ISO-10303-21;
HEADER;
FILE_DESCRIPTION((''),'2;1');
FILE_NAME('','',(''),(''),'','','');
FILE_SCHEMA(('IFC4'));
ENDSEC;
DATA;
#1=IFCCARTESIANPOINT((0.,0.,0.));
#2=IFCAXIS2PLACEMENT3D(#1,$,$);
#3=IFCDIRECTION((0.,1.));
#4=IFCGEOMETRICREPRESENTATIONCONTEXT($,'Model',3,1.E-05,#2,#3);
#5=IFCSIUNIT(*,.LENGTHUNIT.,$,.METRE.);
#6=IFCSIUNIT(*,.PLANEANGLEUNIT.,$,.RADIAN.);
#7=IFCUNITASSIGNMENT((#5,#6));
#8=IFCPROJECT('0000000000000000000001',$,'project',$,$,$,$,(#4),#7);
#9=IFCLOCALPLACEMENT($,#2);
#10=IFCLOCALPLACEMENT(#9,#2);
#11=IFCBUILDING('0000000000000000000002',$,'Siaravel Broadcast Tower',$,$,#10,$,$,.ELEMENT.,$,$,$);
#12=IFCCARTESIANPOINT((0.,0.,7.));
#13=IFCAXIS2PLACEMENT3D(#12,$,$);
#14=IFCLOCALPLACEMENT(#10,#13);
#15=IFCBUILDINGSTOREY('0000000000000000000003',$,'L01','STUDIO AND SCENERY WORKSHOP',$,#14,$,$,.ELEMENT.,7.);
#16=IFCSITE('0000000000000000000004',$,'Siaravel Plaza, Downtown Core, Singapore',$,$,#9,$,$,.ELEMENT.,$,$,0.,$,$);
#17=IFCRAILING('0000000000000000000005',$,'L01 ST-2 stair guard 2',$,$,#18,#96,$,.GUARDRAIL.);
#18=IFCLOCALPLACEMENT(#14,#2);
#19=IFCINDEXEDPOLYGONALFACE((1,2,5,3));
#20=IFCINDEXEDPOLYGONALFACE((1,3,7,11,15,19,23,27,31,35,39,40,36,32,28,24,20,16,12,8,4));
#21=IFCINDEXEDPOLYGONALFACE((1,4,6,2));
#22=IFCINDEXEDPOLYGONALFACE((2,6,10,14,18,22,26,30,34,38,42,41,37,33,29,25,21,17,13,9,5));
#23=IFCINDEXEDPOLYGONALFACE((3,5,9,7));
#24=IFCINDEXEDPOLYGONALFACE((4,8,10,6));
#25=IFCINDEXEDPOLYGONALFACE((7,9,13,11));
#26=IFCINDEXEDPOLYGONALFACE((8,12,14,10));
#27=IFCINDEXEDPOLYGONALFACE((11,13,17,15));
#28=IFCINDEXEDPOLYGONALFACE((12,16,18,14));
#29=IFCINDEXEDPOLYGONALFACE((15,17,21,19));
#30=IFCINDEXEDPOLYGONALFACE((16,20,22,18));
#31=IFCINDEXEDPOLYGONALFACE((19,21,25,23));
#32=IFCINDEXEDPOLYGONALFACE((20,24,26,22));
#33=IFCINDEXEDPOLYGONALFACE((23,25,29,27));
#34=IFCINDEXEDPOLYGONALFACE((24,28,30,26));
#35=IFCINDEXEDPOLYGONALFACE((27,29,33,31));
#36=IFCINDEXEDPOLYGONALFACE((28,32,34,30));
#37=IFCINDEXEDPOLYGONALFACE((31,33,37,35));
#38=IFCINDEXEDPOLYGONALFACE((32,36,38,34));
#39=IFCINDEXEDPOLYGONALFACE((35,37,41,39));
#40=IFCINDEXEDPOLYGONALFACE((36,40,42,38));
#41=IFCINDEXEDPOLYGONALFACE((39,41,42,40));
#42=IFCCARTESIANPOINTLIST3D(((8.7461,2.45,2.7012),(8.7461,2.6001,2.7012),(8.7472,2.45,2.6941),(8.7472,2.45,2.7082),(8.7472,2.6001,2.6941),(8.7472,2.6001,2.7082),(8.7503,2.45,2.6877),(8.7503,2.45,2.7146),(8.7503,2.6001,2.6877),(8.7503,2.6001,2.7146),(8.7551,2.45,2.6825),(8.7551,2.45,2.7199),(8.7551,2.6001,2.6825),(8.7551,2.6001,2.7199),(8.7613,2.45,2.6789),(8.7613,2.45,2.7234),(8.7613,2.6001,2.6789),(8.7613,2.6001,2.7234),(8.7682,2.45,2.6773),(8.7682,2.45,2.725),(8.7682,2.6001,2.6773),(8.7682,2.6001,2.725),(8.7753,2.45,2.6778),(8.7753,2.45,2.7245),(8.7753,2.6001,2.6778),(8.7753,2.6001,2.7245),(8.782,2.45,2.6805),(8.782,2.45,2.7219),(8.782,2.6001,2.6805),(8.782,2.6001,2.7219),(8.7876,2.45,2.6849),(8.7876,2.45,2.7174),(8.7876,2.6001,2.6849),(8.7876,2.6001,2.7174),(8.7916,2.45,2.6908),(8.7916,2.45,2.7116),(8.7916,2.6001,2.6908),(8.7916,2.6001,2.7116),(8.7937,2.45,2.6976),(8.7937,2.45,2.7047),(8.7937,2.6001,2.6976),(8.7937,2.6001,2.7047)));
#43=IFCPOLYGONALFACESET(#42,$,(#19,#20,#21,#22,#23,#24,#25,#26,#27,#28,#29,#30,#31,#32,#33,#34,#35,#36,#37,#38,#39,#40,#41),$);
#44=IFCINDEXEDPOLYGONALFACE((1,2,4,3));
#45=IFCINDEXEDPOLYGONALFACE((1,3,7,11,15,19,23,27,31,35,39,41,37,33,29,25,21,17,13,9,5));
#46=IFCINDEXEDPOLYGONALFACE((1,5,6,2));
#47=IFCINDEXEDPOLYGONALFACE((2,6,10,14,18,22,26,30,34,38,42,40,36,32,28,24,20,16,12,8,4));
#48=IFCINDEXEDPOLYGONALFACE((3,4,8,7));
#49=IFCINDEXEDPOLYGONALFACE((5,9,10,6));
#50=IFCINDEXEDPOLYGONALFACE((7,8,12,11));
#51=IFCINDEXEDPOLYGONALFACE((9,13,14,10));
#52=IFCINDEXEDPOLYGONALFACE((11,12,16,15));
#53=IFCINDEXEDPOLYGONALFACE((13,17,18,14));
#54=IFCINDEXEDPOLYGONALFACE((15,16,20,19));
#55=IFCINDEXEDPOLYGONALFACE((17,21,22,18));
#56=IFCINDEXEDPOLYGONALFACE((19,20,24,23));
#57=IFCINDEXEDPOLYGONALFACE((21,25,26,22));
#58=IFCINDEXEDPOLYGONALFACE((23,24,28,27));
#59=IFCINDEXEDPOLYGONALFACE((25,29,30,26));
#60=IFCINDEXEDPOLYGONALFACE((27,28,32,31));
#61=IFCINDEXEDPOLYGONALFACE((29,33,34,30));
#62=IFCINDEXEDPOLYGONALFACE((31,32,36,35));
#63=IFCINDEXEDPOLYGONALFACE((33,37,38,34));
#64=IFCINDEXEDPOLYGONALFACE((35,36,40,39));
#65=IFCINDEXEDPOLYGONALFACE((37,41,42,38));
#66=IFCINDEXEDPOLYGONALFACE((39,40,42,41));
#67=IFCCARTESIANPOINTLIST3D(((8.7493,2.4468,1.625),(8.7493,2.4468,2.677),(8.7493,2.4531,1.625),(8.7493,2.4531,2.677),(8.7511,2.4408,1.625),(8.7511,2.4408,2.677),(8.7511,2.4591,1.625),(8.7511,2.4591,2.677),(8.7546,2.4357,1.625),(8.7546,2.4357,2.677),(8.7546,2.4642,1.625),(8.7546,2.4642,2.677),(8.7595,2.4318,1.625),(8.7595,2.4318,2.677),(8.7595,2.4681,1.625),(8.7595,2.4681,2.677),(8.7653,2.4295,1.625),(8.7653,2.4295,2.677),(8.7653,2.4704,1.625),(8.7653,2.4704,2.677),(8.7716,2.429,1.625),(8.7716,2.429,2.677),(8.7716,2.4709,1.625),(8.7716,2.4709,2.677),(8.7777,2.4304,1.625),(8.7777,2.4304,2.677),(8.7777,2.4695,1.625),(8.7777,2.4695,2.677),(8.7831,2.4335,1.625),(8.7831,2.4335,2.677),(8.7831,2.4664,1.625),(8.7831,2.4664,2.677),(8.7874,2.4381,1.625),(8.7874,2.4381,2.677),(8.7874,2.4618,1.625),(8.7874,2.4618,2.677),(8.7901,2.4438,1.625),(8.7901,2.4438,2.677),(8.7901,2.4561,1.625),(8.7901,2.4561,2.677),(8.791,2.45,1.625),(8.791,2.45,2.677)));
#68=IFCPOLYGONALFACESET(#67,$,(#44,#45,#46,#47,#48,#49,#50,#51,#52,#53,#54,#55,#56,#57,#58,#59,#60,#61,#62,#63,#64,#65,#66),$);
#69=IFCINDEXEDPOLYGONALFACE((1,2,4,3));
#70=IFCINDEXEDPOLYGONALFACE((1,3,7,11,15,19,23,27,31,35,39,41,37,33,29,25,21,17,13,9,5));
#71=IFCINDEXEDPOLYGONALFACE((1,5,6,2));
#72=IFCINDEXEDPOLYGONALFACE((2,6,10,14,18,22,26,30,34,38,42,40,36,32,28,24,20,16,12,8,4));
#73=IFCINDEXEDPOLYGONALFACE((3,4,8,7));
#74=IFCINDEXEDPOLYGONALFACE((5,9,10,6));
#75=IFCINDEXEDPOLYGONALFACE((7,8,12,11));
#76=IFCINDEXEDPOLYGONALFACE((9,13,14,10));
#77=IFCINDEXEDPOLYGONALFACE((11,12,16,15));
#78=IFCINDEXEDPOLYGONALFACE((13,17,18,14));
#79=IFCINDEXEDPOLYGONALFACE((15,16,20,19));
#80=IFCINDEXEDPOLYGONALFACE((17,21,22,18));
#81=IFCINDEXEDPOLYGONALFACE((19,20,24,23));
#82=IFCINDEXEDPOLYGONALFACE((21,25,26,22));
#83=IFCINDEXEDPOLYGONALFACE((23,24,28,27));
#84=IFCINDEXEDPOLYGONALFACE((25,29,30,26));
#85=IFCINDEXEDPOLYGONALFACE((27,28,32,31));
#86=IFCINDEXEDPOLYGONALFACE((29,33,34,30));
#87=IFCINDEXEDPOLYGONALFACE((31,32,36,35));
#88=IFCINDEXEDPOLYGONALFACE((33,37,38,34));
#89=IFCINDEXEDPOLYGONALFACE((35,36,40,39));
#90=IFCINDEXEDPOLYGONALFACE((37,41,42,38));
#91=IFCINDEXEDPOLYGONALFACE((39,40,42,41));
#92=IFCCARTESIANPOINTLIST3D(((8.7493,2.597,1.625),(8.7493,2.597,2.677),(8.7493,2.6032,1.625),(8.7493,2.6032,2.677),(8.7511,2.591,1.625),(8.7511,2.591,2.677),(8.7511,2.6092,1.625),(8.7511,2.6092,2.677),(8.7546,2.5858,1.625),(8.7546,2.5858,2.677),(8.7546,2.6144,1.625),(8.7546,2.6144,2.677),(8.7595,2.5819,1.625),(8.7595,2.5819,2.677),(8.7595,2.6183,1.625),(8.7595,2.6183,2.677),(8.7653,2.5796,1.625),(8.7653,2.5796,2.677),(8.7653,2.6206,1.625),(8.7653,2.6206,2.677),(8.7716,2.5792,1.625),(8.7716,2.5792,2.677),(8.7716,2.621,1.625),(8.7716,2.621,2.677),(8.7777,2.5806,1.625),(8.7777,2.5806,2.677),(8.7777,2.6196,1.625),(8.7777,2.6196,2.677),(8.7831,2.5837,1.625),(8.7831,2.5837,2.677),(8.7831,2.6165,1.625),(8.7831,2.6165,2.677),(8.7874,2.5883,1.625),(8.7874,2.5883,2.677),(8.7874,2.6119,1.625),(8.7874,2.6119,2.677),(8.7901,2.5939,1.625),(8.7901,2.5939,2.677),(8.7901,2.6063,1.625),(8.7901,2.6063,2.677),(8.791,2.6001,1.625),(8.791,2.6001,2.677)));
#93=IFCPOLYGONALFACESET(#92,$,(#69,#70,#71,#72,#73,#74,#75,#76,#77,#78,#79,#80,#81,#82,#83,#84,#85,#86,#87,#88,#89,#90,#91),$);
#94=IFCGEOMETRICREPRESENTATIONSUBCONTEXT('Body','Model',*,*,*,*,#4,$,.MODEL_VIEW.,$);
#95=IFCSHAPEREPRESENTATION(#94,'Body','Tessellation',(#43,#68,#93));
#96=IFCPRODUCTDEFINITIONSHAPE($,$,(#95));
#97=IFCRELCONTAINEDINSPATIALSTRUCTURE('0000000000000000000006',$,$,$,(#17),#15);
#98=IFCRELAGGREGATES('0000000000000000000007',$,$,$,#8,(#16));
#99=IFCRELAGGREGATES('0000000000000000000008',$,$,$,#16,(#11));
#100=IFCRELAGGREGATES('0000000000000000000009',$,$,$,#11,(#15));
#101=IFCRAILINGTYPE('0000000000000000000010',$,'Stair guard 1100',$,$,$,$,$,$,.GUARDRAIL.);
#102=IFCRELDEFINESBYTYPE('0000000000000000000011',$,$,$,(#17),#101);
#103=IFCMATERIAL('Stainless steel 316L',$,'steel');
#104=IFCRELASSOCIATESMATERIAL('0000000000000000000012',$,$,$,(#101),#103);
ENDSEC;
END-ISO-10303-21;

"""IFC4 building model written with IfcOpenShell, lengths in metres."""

from ifc_helpers import new_model, si_unit, direction, frame, origin, origin_2d, place, context, subcontext, project, spatial, circle, extrude, material, type_object, element, save


model = new_model("IFC4")

# Units and contexts
model_context = context("Model", 3, precision=1e-05, world=origin(), true_north=direction((0.0, 1.0)))
body_context = subcontext(model_context, "Body", "Model", "MODEL_VIEW")
ifc_project = project(units=[si_unit("LENGTHUNIT", "METRE"), si_unit("PLANEANGLEUNIT", "RADIAN")], contexts=[model_context])

# Site, building, storey
site_placement = place(None, origin())
site = spatial("IfcSite", under=ifc_project, at=site_placement, Name="Siaravel Plaza, Downtown Core, Singapore", CompositionType="ELEMENT", RefElevation=0.0)
building_placement = place(site_placement, origin())
building = spatial("IfcBuilding", under=site, at=building_placement, Name="Siaravel Broadcast Tower", CompositionType="ELEMENT")
storey_placement = place(building_placement, frame((0.0, 0.0, 7.0)))
storey = spatial("IfcBuildingStorey", under=building, at=storey_placement, Name="L01", Description="STUDIO AND SCENERY WORKSHOP", CompositionType="ELEMENT", Elevation=7.0)

# Railing
ifc_material_1 = material(Name="Stainless steel 316L", Category="steel")
railing_type_1 = type_object("IfcRailingType", Name="Stair guard 1100", PredefinedType="GUARDRAIL", material=ifc_material_1)
railing_1_placement = place(storey_placement, frame((8.77, 2.45, 1.625)))
element("IfcRailing", 1, at=railing_1_placement, inside=storey, type_object=railing_type_1, Name="L01 ST-2 stair guard 2", PredefinedType="GUARDRAIL", context=body_context, shape_type="SweptSolid", body=[
    extrude(circle(Radius=0.0239, at=origin_2d()), frame((0.0, 0.0, 1.0762), z_axis=(0.0, 1.0, 0.0), x_axis=(-1.0, 0.0, 0.0)), (0.0, 0.0, 1.0), 0.1501),
    extrude(circle(Radius=0.021, at=origin_2d()), origin(), (0.0, 0.0, 1.0), 1.052),
    extrude(circle(Radius=0.021, at=origin_2d()), frame((0.0, 0.1501, 0.0)), (0.0, 0.0, 1.0), 1.052),
])

save(model, "model.ifc")
